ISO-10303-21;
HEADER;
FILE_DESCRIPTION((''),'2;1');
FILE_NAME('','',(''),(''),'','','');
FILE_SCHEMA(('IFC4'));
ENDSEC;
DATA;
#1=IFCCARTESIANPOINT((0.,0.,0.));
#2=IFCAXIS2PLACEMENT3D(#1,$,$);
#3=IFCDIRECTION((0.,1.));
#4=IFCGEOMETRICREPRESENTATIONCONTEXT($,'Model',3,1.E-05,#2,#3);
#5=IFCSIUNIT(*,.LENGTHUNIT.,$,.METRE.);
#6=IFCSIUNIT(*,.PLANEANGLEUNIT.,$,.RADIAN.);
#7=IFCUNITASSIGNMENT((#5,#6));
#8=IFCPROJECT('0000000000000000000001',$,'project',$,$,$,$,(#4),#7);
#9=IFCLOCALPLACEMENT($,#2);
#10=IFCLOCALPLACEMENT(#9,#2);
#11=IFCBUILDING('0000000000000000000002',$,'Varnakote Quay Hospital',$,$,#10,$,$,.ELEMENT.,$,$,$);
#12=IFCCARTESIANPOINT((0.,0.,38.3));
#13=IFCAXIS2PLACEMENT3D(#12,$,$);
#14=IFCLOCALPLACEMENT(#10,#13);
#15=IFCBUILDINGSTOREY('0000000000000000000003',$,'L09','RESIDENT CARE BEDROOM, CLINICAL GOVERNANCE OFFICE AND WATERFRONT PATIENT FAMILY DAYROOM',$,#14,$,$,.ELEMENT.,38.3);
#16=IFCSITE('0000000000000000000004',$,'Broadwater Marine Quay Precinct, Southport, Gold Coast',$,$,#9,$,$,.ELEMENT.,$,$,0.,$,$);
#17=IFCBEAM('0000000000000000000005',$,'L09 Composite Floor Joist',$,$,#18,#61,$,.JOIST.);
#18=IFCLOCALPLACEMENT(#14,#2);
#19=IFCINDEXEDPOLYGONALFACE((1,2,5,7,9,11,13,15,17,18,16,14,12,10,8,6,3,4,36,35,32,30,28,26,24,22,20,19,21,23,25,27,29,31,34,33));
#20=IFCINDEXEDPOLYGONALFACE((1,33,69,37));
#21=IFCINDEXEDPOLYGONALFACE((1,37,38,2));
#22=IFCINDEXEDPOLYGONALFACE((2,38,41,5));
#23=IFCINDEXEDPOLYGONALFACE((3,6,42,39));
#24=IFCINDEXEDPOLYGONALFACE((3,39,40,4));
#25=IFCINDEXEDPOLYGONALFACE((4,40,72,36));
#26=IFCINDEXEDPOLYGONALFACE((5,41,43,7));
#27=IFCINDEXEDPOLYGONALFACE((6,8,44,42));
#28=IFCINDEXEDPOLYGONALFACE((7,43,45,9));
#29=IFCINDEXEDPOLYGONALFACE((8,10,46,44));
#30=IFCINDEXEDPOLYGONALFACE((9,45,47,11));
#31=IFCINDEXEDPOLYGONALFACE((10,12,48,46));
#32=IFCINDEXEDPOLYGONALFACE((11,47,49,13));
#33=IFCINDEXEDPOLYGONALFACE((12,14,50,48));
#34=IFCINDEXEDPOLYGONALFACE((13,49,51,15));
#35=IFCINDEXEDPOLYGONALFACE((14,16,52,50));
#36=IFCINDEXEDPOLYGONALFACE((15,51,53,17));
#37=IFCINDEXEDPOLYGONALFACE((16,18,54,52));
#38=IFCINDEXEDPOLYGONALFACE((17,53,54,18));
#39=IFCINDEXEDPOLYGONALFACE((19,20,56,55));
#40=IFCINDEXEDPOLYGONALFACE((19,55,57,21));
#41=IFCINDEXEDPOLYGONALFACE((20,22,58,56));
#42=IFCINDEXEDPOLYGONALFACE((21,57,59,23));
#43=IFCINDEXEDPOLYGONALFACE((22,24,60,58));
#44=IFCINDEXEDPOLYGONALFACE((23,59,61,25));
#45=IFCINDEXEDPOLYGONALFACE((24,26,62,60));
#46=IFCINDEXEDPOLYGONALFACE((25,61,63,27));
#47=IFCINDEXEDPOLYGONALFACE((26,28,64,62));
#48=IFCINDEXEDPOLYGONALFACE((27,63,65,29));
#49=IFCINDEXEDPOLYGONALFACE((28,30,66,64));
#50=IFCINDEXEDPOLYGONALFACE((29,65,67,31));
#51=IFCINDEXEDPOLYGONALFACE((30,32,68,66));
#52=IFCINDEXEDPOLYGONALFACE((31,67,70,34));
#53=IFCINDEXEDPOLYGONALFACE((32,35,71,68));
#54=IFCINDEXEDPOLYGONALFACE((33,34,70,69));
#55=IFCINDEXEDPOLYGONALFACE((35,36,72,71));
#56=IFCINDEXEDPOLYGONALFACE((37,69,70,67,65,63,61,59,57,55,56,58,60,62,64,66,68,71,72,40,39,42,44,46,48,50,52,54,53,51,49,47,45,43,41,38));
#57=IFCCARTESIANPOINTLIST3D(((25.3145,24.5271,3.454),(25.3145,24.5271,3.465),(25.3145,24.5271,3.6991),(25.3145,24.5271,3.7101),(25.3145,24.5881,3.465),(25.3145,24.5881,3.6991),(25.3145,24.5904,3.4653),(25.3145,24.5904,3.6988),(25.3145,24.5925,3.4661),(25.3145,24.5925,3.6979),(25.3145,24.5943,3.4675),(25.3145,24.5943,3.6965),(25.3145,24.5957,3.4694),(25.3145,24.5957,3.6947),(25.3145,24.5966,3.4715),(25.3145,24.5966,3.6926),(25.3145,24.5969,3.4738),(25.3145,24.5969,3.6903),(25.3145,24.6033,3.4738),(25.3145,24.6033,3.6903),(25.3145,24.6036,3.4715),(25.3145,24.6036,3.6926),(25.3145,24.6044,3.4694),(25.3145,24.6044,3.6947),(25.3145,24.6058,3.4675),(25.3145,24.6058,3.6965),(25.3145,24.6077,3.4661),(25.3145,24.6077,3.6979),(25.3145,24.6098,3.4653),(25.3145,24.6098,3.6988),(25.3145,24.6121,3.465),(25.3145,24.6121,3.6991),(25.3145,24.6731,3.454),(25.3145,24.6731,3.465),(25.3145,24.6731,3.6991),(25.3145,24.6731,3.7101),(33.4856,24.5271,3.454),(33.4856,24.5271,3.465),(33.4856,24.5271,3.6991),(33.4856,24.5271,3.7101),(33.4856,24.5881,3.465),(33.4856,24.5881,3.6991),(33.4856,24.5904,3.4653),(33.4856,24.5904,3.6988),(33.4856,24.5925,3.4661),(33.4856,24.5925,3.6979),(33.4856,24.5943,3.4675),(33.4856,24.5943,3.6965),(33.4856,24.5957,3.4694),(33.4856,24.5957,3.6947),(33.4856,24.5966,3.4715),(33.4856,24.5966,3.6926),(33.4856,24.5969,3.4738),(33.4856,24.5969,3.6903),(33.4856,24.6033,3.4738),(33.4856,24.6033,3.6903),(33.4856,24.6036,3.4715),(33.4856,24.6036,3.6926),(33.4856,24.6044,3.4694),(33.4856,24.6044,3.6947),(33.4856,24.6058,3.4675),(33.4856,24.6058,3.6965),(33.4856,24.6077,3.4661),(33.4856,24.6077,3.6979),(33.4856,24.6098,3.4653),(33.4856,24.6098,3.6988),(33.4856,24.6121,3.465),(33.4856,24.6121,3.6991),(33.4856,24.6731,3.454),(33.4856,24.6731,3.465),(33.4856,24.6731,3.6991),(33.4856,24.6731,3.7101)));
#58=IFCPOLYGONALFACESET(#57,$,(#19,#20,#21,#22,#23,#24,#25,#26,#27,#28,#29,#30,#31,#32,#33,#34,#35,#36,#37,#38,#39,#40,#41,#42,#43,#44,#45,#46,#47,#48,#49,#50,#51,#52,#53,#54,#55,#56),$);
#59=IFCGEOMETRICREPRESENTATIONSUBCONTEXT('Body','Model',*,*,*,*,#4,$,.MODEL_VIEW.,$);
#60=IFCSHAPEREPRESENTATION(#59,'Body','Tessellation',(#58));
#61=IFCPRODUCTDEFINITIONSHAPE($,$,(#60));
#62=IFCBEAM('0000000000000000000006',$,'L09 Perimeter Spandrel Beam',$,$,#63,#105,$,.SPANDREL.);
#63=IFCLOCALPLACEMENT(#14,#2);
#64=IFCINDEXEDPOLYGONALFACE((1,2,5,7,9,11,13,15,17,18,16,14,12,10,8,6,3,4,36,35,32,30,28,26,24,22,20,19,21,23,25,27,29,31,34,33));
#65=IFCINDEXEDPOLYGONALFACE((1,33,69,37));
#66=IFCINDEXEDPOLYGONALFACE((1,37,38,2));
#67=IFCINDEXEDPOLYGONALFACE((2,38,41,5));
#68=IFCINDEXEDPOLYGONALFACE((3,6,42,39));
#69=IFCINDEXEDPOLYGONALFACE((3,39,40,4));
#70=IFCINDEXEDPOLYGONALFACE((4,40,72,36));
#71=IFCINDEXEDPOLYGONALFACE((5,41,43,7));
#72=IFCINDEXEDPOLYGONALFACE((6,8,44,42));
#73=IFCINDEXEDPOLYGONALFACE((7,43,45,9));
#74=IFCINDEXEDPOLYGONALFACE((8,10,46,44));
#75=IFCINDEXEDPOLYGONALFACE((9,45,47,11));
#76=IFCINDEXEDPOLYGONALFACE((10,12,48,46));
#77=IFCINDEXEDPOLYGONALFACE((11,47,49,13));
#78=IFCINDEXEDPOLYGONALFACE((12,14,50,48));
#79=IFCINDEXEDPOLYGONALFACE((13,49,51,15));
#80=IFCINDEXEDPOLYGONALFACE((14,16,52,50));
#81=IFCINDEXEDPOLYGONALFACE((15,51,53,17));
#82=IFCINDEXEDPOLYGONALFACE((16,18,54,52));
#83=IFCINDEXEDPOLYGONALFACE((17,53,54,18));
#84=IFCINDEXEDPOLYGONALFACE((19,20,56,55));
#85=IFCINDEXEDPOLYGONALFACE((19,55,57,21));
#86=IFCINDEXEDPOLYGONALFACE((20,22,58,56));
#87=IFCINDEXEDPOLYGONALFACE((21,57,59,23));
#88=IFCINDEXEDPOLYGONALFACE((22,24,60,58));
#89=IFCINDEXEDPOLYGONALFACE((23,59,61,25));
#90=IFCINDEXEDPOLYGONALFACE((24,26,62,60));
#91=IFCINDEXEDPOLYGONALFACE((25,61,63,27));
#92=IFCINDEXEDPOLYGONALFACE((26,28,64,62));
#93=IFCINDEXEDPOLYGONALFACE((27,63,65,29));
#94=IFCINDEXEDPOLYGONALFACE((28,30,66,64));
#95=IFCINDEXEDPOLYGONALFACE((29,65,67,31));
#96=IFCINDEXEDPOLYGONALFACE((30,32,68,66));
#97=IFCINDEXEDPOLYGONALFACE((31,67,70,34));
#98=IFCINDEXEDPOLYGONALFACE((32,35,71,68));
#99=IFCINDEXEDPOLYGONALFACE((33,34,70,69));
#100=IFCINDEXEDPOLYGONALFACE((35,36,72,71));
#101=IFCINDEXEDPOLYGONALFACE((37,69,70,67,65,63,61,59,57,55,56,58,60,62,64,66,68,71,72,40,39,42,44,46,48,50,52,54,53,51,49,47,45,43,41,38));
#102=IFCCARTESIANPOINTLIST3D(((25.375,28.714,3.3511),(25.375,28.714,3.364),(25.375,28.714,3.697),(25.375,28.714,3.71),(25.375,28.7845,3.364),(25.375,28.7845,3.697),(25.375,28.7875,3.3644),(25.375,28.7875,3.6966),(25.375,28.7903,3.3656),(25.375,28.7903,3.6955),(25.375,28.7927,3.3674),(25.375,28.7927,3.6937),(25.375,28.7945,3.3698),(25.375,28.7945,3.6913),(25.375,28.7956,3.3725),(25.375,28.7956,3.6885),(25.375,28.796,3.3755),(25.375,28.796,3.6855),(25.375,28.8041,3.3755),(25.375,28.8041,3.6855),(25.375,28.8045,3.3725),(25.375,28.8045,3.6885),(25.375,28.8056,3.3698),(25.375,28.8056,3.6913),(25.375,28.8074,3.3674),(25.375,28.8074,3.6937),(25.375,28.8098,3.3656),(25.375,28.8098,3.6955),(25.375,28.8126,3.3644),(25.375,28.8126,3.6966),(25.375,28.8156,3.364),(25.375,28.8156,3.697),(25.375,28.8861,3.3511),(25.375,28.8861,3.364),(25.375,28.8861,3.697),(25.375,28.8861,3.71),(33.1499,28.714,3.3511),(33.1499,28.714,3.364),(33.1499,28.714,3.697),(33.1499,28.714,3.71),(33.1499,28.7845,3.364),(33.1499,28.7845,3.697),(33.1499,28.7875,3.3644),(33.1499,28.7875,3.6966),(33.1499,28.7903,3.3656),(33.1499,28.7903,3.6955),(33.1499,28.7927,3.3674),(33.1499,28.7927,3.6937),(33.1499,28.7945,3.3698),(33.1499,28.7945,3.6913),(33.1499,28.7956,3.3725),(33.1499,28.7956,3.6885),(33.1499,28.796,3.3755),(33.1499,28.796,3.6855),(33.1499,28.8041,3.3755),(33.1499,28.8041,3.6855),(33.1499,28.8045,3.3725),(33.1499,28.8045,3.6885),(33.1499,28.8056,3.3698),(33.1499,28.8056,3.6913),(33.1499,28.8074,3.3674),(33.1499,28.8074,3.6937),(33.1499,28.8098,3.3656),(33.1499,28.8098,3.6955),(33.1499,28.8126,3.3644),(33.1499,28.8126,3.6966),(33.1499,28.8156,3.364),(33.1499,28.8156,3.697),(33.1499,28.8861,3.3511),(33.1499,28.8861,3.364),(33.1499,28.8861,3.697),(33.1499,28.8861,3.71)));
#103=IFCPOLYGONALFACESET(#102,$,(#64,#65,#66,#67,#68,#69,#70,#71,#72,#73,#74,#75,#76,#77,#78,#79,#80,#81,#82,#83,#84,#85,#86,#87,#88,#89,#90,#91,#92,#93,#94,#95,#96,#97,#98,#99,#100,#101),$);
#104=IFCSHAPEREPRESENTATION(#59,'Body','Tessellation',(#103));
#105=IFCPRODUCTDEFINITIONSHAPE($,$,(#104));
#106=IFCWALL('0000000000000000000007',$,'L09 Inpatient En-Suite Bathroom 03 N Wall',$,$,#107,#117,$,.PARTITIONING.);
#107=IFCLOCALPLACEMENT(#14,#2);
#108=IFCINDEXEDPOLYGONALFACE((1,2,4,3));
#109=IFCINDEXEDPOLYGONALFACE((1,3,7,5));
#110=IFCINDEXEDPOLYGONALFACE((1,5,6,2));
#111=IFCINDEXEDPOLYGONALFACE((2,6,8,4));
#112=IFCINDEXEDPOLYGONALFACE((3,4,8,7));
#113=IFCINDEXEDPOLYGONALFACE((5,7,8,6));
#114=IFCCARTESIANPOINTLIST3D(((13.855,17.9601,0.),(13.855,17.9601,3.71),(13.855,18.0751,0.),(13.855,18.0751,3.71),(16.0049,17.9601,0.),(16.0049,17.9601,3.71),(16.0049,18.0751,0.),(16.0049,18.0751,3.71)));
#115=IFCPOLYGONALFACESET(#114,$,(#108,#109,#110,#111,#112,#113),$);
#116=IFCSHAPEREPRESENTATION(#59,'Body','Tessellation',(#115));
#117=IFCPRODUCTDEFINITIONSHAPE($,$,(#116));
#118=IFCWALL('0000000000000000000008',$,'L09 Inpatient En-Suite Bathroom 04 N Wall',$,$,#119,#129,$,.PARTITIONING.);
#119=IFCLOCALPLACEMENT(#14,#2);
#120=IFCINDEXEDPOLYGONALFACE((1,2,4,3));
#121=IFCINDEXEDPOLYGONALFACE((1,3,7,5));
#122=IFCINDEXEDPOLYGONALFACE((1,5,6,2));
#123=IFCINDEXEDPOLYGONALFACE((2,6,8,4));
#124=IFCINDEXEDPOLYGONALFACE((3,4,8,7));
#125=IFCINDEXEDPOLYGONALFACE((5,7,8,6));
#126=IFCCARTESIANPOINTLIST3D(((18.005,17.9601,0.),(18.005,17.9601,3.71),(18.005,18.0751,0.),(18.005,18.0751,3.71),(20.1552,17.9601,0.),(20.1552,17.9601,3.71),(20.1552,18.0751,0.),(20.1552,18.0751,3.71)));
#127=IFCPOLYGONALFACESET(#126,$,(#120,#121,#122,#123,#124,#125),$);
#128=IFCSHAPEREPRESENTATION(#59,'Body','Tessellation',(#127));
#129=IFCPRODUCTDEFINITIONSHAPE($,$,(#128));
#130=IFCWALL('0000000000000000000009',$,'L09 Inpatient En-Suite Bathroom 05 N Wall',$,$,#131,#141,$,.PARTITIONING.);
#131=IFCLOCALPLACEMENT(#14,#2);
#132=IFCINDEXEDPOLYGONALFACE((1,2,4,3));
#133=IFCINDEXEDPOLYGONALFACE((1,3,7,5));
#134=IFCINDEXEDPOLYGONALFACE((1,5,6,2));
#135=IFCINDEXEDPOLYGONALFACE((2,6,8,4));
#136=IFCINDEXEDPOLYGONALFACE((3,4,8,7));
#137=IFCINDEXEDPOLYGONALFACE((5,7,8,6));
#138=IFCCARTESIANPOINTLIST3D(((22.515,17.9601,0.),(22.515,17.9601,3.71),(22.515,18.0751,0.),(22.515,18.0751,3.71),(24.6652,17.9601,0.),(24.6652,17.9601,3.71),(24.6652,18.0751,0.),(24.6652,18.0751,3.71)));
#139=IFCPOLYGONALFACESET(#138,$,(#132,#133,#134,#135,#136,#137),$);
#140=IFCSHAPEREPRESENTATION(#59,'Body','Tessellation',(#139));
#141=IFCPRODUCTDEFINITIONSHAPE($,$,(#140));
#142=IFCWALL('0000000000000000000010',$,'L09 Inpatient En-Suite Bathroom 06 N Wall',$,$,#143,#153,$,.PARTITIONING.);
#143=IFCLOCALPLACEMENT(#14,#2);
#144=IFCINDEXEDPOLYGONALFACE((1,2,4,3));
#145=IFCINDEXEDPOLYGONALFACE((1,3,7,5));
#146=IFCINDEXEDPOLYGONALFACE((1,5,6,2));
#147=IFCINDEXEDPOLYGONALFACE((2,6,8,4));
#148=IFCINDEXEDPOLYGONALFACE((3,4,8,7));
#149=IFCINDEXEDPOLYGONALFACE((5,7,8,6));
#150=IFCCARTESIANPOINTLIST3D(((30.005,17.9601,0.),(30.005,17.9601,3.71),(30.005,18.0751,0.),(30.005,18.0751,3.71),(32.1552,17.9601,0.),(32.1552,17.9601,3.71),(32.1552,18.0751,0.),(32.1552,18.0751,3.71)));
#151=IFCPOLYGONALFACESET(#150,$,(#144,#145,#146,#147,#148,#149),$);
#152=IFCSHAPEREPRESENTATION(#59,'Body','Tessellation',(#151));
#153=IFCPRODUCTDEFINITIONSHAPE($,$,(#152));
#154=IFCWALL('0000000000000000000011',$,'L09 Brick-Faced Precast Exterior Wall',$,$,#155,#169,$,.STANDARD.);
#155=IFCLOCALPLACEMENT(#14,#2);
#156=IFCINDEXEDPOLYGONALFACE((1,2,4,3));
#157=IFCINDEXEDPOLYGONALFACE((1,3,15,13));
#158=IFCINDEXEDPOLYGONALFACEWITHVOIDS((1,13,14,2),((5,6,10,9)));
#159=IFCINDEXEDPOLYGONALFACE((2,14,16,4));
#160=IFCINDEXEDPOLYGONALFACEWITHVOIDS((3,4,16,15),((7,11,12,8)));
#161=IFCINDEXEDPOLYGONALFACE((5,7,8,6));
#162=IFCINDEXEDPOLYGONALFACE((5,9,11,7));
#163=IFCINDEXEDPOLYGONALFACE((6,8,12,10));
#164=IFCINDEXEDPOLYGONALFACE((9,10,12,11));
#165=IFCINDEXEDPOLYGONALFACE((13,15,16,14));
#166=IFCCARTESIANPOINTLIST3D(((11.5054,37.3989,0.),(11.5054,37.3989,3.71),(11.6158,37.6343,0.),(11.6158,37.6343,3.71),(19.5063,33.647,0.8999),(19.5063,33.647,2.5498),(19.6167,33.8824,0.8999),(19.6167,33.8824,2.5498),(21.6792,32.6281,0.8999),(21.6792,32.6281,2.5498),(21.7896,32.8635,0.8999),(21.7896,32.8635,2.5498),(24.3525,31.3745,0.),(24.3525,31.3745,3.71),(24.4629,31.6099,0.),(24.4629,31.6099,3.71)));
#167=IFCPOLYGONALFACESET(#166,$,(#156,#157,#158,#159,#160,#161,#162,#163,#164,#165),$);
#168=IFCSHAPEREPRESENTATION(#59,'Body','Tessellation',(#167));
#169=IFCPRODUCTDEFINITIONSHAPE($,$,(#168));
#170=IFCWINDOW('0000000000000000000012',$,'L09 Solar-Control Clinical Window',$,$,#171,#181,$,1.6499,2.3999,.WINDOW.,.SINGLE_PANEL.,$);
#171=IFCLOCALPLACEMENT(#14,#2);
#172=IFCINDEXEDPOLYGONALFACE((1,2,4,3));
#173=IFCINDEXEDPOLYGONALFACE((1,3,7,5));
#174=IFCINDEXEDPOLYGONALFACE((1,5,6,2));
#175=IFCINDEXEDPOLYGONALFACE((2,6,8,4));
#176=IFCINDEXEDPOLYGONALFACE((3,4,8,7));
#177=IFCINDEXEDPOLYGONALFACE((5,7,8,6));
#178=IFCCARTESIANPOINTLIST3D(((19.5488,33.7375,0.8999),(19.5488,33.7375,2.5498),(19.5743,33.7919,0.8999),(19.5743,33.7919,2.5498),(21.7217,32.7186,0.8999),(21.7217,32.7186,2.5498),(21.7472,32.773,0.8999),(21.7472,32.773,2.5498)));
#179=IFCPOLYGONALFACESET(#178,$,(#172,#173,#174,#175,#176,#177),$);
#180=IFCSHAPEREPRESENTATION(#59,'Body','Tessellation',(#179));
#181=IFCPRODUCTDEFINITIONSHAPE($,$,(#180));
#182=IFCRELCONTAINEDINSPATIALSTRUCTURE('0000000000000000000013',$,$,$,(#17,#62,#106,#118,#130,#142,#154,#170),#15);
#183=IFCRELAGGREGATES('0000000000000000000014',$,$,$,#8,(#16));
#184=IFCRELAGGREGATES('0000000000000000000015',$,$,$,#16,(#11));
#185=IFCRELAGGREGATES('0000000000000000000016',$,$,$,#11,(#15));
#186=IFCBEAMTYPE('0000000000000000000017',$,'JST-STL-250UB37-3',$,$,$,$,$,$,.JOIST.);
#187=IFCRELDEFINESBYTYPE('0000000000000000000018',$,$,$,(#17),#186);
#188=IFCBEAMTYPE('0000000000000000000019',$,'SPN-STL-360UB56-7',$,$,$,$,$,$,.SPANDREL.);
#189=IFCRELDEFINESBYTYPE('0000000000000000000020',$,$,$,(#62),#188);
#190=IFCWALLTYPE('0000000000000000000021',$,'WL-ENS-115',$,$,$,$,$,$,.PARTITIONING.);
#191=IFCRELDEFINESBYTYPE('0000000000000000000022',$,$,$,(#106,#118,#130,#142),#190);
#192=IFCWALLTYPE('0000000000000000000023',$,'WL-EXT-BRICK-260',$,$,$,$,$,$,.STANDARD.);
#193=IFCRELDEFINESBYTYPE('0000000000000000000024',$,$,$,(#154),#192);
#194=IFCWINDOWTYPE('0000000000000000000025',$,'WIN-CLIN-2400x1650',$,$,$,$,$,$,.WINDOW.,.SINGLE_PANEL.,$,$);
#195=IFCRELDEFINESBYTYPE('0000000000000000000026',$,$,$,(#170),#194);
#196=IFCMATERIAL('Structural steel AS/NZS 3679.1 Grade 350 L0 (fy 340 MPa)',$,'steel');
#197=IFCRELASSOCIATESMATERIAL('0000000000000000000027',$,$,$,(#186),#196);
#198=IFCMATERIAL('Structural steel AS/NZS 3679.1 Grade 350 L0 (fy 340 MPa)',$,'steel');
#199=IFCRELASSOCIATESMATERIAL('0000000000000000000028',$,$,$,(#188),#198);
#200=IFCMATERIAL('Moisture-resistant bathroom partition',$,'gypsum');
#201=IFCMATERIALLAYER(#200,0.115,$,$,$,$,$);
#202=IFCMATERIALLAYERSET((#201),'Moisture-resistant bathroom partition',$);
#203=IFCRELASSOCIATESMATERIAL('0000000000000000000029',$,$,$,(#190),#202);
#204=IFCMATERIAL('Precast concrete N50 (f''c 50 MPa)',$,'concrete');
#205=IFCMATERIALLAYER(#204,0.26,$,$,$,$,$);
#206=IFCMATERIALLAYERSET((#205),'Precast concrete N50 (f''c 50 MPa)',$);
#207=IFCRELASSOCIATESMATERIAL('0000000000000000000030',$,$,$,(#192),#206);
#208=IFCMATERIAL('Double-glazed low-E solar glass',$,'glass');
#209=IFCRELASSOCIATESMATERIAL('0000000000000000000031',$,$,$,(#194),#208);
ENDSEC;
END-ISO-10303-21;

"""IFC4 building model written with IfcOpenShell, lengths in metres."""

from ifc_helpers import new_model, si_unit, direction, frame, frame_2d, origin, origin_2d, place, context, subcontext, project, spatial, rectangle, i_section, extrude, material, layer, layer_set, material_profile, profile_set, type_object, element, fill, save


model = new_model("IFC4")

# Units and contexts
model_context = context("Model", 3, precision=1e-05, world=origin(), true_north=direction((0.0, 1.0)))
body_context = subcontext(model_context, "Body", "Model", "MODEL_VIEW")
ifc_project = project(units=[si_unit("LENGTHUNIT", "METRE"), si_unit("PLANEANGLEUNIT", "RADIAN")], contexts=[model_context])

# Site, building, storey
site_placement = place(None, origin())
site = spatial("IfcSite", under=ifc_project, at=site_placement, Name="Broadwater Marine Quay Precinct, Southport, Gold Coast", CompositionType="ELEMENT", RefElevation=0.0)
building_placement = place(site_placement, origin())
building = spatial("IfcBuilding", under=site, at=building_placement, Name="Varnakote Quay Hospital", CompositionType="ELEMENT")
storey_placement = place(building_placement, frame((0.0, 0.0, 38.3)))
storey = spatial("IfcBuildingStorey", under=building, at=storey_placement, Name="L09", Description="RESIDENT CARE BEDROOM, CLINICAL GOVERNANCE OFFICE AND WATERFRONT PATIENT FAMILY DAYROOM", CompositionType="ELEMENT", Elevation=38.3)

# Beams
ifc_material_1 = material(Name="Structural steel AS/NZS 3679.1 Grade 350 L0 (fy 340 MPa)", Category="steel")
ifc_material_profile_1 = material_profile(ifc_material_1, i_section(OverallWidth=0.146, OverallDepth=0.2561, WebThickness=0.0063, FlangeThickness=0.011, FilletRadius=0.0088, at=origin_2d()), Name="250UB37.3")
ifc_profile_set_1 = profile_set([ifc_material_profile_1], Name="Structural steel AS/NZS 3679.1 Grade 350 L0 (fy 340 MPa)")
beam_type_1 = type_object("IfcBeamType", Name="JST-STL-250UB37-3", PredefinedType="JOIST", material=ifc_profile_set_1)
beam_1_placement = place(storey_placement, frame((25.3145, 24.6001, 3.582), z_axis=(1.0, 0.0, 0.0), x_axis=(0.0, 1.0, 0.0)))
element("IfcBeam", 1, at=beam_1_placement, inside=storey, type_object=beam_type_1, Name="L09 Composite Floor Joist", PredefinedType="JOIST", context=body_context, shape_type="SweptSolid", body=[
    extrude(i_section(OverallWidth=0.146, OverallDepth=0.2561, WebThickness=0.0063, FlangeThickness=0.011, FilletRadius=0.0088, at=origin_2d()), origin(), (0.0, 0.0, 1.0), 8.1711),
])
ifc_material_2 = material(Name="Structural steel AS/NZS 3679.1 Grade 350 L0 (fy 340 MPa)", Category="steel")
ifc_material_profile_2 = material_profile(ifc_material_2, i_section(OverallWidth=0.1721, OverallDepth=0.3589, WebThickness=0.0081, FlangeThickness=0.0129, FilletRadius=0.0115, at=origin_2d()), Name="360UB56.7")
ifc_profile_set_2 = profile_set([ifc_material_profile_2], Name="Structural steel AS/NZS 3679.1 Grade 350 L0 (fy 340 MPa)")
beam_type_2 = type_object("IfcBeamType", Name="SPN-STL-360UB56-7", PredefinedType="SPANDREL", material=ifc_profile_set_2)
beam_2_placement = place(storey_placement, frame((25.375, 28.8, 3.5305), z_axis=(1.0, 0.0, 0.0), x_axis=(0.0, 1.0, 0.0)))
element("IfcBeam", 2, at=beam_2_placement, inside=storey, type_object=beam_type_2, Name="L09 Perimeter Spandrel Beam", PredefinedType="SPANDREL", context=body_context, shape_type="SweptSolid", body=[
    extrude(i_section(OverallWidth=0.1721, OverallDepth=0.3589, WebThickness=0.0081, FlangeThickness=0.0129, FilletRadius=0.0115, at=origin_2d()), origin(), (0.0, 0.0, 1.0), 7.7749),
])

# Walls
ifc_material_3 = material(Name="Moisture-resistant bathroom partition", Category="gypsum")
ifc_layer_1 = layer(ifc_material_3, 0.115)
ifc_layer_set_1 = layer_set([ifc_layer_1], Name="Moisture-resistant bathroom partition")
wall_type_1 = type_object("IfcWallType", Name="WL-ENS-115", PredefinedType="PARTITIONING", material=ifc_layer_set_1)
wall_1_placement = place(storey_placement, frame((13.855, 18.0176, 0.0), z_axis=(0.0, 0.0, 1.0), x_axis=(1.0, 0.0, 0.0)))
element("IfcWall", 3, at=wall_1_placement, inside=storey, type_object=wall_type_1, Name="L09 Inpatient En-Suite Bathroom 03 N Wall", PredefinedType="PARTITIONING", context=body_context, shape_type="SweptSolid", body=[
    extrude(rectangle(XDim=2.1499, YDim=0.115, at=frame_2d((1.075, 0.0))), origin(), (0.0, 0.0, 1.0), 3.71),
])
for number, where, z_axis, x_axis, name in (
    (4, (18.0049, 18.0176, 0.0), (0.0, 0.0, 1.0), (1.0, 0.0, 0.0), "L09 Inpatient En-Suite Bathroom 04 N Wall"),
    (5, (22.5149, 18.0176, 0.0), (0.0, 0.0, 1.0), (1.0, 0.0, 0.0), "L09 Inpatient En-Suite Bathroom 05 N Wall"),
    (6, (30.0049, 18.0176, 0.0), (0.0, 0.0, 1.0), (1.0, 0.0, 0.0), "L09 Inpatient En-Suite Bathroom 06 N Wall"),
):
    element("IfcWall", number, at=place(storey_placement, frame(where, z_axis=z_axis, x_axis=x_axis)), inside=storey, type_object=wall_type_1, Name=name, PredefinedType="PARTITIONING", context=body_context, shape_type="SweptSolid", body=[
        extrude(rectangle(XDim=2.1501, YDim=0.115, at=frame_2d((1.0752, 0.0))), origin(), (0.0, 0.0, 1.0), 3.71),
    ])

# Wall, opening, window
ifc_material_4 = material(Name="Precast concrete N50 (f'c 50 MPa)", Category="concrete")
ifc_layer_2 = layer(ifc_material_4, 0.26)
ifc_layer_set_2 = layer_set([ifc_layer_2], Name="Precast concrete N50 (f'c 50 MPa)")
wall_type_2 = type_object("IfcWallType", Name="WL-EXT-BRICK-260", PredefinedType="STANDARD", material=ifc_layer_set_2)
wall_2_placement = place(storey_placement, frame((24.4077, 31.4922, 0.0), z_axis=(0.0, 0.0, 1.0), x_axis=(-0.905397, 0.424567, 0.0)))
wall_2 = element("IfcWall", 7, at=wall_2_placement, inside=storey, type_object=wall_type_2, Name="L09 Brick-Faced Precast Exterior Wall", PredefinedType="STANDARD", context=body_context, shape_type="SweptSolid", body=[
    extrude(rectangle(XDim=14.1895, YDim=0.26, at=frame_2d((7.0947, 0.0))), origin(), (0.0, 0.0, 1.0), 3.71),
])
opening_1_placement = place(wall_2_placement, frame((2.9526, 0.0, 0.8999)))
opening_1 = element("IfcOpeningElement", 8, at=opening_1_placement, cuts=wall_2, PredefinedType="OPENING", context=body_context, shape_type="SweptSolid", body=[
    extrude(rectangle(XDim=2.3999, YDim=1.6499, at=frame_2d((1.2, 0.825))), frame((0.0, 0.1399, 0.0), z_axis=(0.0, -1.0, 0.0), x_axis=(1.0, 0.0, 0.0)), (0.0, 0.0, 1.0), 0.28),
])
ifc_material_5 = material(Name="Double-glazed low-E solar glass", Category="glass")
window_type = type_object("IfcWindowType", Name="WIN-CLIN-2400x1650", PartitioningType="SINGLE_PANEL", PredefinedType="WINDOW", material=ifc_material_5)
window_1_placement = place(opening_1_placement, origin())
window_1 = element("IfcWindow", 9, at=window_1_placement, inside=storey, type_object=window_type, Name="L09 Solar-Control Clinical Window", OverallHeight=1.6499, OverallWidth=2.3999, PartitioningType="SINGLE_PANEL", PredefinedType="WINDOW", context=body_context, shape_type="SweptSolid", body=[
    extrude(rectangle(XDim=2.3999, YDim=1.6499, at=frame_2d((1.2, 0.825))), frame((0.0, 0.03, 0.0), z_axis=(0.0, -1.0, 0.0), x_axis=(1.0, 0.0, 0.0)), (0.0, 0.0, 1.0), 0.0601),
])
fill(opening_1, window_1)

save(model, "model.ifc")
